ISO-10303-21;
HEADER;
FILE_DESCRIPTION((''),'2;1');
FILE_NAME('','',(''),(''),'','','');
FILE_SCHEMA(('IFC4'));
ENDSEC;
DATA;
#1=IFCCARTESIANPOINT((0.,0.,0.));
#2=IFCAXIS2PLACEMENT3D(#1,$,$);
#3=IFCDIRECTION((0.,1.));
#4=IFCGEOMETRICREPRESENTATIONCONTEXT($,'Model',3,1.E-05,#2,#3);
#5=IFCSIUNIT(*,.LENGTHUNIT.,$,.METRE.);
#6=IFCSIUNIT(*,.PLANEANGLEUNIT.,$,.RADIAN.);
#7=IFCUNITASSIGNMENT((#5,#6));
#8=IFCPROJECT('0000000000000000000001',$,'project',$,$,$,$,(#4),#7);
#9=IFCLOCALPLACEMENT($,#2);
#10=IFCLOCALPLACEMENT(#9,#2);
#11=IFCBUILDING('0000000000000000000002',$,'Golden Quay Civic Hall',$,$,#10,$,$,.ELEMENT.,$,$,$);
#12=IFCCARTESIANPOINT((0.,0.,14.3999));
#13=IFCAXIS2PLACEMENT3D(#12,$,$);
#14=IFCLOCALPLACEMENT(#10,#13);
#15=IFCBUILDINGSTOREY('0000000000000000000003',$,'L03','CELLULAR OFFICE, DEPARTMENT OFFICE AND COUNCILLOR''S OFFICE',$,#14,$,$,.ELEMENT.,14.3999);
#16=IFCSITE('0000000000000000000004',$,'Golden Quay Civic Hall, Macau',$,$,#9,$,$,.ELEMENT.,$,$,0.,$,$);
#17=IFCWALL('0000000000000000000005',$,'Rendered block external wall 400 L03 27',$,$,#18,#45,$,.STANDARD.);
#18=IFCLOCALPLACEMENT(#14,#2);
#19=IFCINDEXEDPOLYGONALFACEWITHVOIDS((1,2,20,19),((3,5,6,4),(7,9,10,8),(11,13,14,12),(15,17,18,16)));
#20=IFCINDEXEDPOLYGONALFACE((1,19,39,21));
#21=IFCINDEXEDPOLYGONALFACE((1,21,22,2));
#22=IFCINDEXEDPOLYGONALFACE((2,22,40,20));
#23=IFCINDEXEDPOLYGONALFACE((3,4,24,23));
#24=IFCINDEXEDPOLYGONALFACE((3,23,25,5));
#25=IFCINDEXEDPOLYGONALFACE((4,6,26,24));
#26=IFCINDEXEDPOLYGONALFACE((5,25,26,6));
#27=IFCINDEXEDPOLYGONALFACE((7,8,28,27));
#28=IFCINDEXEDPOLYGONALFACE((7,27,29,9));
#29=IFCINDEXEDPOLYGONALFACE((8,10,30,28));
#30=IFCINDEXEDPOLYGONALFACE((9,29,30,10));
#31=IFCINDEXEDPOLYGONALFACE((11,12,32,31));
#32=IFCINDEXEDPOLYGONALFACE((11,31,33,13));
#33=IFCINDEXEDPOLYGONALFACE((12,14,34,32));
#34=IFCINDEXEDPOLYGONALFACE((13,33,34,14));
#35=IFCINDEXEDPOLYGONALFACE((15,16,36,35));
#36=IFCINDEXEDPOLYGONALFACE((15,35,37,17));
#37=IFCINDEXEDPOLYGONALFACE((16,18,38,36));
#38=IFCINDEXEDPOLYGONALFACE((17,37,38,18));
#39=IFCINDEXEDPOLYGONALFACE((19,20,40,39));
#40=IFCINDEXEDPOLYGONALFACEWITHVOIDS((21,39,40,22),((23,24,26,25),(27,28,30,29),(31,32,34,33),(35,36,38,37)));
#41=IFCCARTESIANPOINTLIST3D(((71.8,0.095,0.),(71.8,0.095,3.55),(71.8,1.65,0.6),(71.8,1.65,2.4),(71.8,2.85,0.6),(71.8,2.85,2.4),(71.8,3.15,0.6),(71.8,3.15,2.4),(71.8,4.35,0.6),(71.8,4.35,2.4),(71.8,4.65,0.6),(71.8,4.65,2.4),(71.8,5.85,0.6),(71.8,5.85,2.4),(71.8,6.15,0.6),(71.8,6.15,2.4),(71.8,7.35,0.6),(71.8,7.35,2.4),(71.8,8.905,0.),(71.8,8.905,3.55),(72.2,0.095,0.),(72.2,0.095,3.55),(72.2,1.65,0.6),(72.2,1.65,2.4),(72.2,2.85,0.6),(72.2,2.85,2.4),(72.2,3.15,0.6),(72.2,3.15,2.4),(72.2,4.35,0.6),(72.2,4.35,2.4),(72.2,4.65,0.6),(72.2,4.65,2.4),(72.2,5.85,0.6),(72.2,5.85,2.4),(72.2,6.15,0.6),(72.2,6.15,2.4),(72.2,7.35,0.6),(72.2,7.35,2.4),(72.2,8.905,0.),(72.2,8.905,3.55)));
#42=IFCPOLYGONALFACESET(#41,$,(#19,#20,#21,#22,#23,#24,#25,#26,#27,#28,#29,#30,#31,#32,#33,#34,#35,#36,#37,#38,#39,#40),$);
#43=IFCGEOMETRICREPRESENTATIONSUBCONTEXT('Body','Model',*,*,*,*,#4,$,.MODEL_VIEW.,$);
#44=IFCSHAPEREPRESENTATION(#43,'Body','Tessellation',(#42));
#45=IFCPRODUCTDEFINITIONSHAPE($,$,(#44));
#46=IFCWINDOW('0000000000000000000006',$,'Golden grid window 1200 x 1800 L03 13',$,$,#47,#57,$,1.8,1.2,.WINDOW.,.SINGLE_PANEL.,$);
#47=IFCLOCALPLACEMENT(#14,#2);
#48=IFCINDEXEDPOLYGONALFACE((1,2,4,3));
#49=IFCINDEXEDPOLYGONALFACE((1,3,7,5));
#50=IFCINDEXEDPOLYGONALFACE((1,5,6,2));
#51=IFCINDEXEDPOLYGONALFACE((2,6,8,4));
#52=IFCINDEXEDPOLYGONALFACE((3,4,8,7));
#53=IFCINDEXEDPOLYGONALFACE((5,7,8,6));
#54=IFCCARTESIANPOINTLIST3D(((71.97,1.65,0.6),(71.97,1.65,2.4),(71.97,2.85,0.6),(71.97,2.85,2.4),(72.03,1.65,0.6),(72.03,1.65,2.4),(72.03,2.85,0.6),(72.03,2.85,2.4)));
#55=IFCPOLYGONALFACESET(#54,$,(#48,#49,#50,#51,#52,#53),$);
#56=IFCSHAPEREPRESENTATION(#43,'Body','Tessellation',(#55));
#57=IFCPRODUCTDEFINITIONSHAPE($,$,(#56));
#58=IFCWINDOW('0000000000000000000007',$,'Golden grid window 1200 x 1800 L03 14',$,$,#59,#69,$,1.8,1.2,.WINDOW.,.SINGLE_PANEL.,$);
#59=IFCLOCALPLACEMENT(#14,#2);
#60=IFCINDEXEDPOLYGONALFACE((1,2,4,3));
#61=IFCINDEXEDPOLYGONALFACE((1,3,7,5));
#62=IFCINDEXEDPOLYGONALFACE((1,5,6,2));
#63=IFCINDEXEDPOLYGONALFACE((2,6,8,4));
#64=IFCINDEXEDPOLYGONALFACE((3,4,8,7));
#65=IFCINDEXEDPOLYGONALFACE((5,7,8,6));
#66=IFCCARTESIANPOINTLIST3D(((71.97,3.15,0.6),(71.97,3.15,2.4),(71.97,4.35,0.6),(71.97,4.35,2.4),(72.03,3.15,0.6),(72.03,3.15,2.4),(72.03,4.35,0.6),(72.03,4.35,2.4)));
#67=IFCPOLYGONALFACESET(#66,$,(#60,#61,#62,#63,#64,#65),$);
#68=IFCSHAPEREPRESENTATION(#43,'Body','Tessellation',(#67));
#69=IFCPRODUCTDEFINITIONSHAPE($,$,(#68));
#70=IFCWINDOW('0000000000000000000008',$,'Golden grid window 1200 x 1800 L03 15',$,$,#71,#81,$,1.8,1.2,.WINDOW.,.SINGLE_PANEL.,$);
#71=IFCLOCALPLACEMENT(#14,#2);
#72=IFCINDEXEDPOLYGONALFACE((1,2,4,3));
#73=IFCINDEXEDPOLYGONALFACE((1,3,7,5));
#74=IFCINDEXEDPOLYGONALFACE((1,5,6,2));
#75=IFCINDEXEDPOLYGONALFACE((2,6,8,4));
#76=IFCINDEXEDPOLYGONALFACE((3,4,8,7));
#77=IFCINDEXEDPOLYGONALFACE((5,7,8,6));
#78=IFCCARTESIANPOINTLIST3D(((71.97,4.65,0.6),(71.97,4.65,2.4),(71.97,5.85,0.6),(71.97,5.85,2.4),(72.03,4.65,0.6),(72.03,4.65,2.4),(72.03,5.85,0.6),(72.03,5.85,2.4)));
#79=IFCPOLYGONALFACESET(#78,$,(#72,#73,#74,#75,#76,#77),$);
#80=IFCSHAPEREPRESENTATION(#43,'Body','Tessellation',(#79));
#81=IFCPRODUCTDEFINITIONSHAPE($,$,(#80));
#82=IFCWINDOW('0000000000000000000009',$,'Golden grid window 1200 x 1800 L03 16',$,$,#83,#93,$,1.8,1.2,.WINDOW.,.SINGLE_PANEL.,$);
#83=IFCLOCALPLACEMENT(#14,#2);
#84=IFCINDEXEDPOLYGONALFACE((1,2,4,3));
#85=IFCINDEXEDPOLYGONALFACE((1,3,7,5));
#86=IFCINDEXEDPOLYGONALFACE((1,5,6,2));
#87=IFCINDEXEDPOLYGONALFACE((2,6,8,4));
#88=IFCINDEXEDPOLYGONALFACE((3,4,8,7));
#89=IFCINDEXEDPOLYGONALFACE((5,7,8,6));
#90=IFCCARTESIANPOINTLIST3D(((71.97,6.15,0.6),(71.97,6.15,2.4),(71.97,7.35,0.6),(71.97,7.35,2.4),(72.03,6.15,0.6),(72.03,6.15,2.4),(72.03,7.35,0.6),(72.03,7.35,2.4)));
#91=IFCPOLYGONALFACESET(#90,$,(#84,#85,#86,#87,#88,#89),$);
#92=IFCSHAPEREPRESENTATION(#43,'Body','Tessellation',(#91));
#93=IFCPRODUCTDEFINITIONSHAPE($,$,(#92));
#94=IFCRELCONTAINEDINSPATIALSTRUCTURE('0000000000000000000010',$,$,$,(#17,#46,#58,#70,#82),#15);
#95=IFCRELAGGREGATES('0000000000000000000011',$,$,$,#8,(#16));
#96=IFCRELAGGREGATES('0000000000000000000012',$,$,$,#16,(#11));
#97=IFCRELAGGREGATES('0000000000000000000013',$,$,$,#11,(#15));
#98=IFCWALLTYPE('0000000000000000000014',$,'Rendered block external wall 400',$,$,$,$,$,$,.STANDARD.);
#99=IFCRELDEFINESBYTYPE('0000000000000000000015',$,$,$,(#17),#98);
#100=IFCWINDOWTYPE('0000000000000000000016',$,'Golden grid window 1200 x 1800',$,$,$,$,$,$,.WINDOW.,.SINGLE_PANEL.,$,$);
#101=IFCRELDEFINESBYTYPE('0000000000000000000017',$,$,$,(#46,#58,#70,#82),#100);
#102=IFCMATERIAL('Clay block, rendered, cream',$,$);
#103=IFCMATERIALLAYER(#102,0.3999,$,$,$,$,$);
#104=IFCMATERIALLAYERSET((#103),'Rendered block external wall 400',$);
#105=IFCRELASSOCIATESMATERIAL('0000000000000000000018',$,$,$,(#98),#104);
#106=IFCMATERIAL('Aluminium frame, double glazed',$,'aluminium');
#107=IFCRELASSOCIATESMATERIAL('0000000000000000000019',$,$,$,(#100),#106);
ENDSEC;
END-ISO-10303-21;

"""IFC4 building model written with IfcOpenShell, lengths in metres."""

from ifc_helpers import new_model, si_unit, direction, frame, frame_2d, origin, place, context, subcontext, project, spatial, rectangle, extrude, material, layer, layer_set, type_object, element, fill, save


model = new_model("IFC4")

# Units and contexts
model_context = context("Model", 3, precision=1e-05, world=origin(), true_north=direction((0.0, 1.0)))
body_context = subcontext(model_context, "Body", "Model", "MODEL_VIEW")
ifc_project = project(units=[si_unit("LENGTHUNIT", "METRE"), si_unit("PLANEANGLEUNIT", "RADIAN")], contexts=[model_context])

# Site, building, storey
site_placement = place(None, origin())
site = spatial("IfcSite", under=ifc_project, at=site_placement, Name="Golden Quay Civic Hall, Macau", CompositionType="ELEMENT", RefElevation=0.0)
building_placement = place(site_placement, origin())
building = spatial("IfcBuilding", under=site, at=building_placement, Name="Golden Quay Civic Hall", CompositionType="ELEMENT")
storey_placement = place(building_placement, frame((0.0, 0.0, 14.3999)))
storey = spatial("IfcBuildingStorey", under=building, at=storey_placement, Name="L03", Description="CELLULAR OFFICE, DEPARTMENT OFFICE AND COUNCILLOR'S OFFICE", CompositionType="ELEMENT", Elevation=14.3999)

# Wall, openings, windows
ifc_material_1 = material(Name="Clay block, rendered, cream")
ifc_layer_1 = layer(ifc_material_1, 0.3999)
ifc_layer_set_1 = layer_set([ifc_layer_1], Name="Rendered block external wall 400")
wall_type = type_object("IfcWallType", Name="Rendered block external wall 400", PredefinedType="STANDARD", material=ifc_layer_set_1)
wall_placement = place(storey_placement, frame((72.0, 8.905, 0.0), z_axis=(0.0, 0.0, 1.0), x_axis=(0.0, -1.0, 0.0)))
wall = element("IfcWall", 1, at=wall_placement, inside=storey, type_object=wall_type, Name="Rendered block external wall 400 L03 27", PredefinedType="STANDARD", context=body_context, shape_type="SweptSolid", body=[
    extrude(rectangle(XDim=8.8101, YDim=0.3999, at=frame_2d((4.405, 0.0))), origin(), (0.0, 0.0, 1.0), 3.55),
])
opening_1_placement = place(wall_placement, frame((6.0549, 0.0, 0.6001)))
opening_1 = element("IfcOpeningElement", 2, at=opening_1_placement, cuts=wall, PredefinedType="OPENING", context=body_context, shape_type="SweptSolid", body=[
    extrude(rectangle(XDim=1.2, YDim=1.8, at=frame_2d((0.6001, 0.8999))), frame((0.0, 0.21, 0.0), z_axis=(0.0, -1.0, 0.0), x_axis=(1.0, 0.0, 0.0)), (0.0, 0.0, 1.0), 0.4199),
])
opening_2_placement = place(wall_placement, frame((4.5549, 0.0, 0.6001)))
opening_2 = element("IfcOpeningElement", 3, at=opening_2_placement, cuts=wall, PredefinedType="OPENING", context=body_context, shape_type="SweptSolid", body=[
    extrude(rectangle(XDim=1.2, YDim=1.8, at=frame_2d((0.6001, 0.8999))), frame((0.0, 0.21, 0.0), z_axis=(0.0, -1.0, 0.0), x_axis=(1.0, 0.0, 0.0)), (0.0, 0.0, 1.0), 0.4199),
])
opening_3_placement = place(wall_placement, frame((3.0549, 0.0, 0.6001)))
opening_3 = element("IfcOpeningElement", 4, at=opening_3_placement, cuts=wall, PredefinedType="OPENING", context=body_context, shape_type="SweptSolid", body=[
    extrude(rectangle(XDim=1.2, YDim=1.8, at=frame_2d((0.6001, 0.8999))), frame((0.0, 0.21, 0.0), z_axis=(0.0, -1.0, 0.0), x_axis=(1.0, 0.0, 0.0)), (0.0, 0.0, 1.0), 0.4199),
])
opening_4_placement = place(wall_placement, frame((1.5549, 0.0, 0.6001)))
opening_4 = element("IfcOpeningElement", 5, at=opening_4_placement, cuts=wall, PredefinedType="OPENING", context=body_context, shape_type="SweptSolid", body=[
    extrude(rectangle(XDim=1.2, YDim=1.8, at=frame_2d((0.6001, 0.8999))), frame((0.0, 0.21, 0.0), z_axis=(0.0, -1.0, 0.0), x_axis=(1.0, 0.0, 0.0)), (0.0, 0.0, 1.0), 0.4199),
])
ifc_material_2 = material(Name="Aluminium frame, double glazed", Category="aluminium")
window_type = type_object("IfcWindowType", Name="Golden grid window 1200 x 1800", PartitioningType="SINGLE_PANEL", PredefinedType="WINDOW", material=ifc_material_2)
window_1_placement = place(opening_1_placement, origin())
window_1 = element("IfcWindow", 6, at=window_1_placement, inside=storey, type_object=window_type, Name="Golden grid window 1200 x 1800 L03 13", OverallHeight=1.8, OverallWidth=1.2, PartitioningType="SINGLE_PANEL", PredefinedType="WINDOW", context=body_context, shape_type="SweptSolid", body=[
    extrude(rectangle(XDim=1.2, YDim=1.8, at=frame_2d((0.6001, 0.8999))), frame((0.0, 0.03, 0.0), z_axis=(0.0, -1.0, 0.0), x_axis=(1.0, 0.0, 0.0)), (0.0, 0.0, 1.0), 0.0601),
])
fill(opening_1, window_1)
window_2_placement = place(opening_2_placement, origin())
window_2 = element("IfcWindow", 7, at=window_2_placement, inside=storey, type_object=window_type, Name="Golden grid window 1200 x 1800 L03 14", OverallHeight=1.8, OverallWidth=1.2, PartitioningType="SINGLE_PANEL", PredefinedType="WINDOW", context=body_context, shape_type="SweptSolid", body=[
    extrude(rectangle(XDim=1.2, YDim=1.8, at=frame_2d((0.6001, 0.8999))), frame((0.0, 0.03, 0.0), z_axis=(0.0, -1.0, 0.0), x_axis=(1.0, 0.0, 0.0)), (0.0, 0.0, 1.0), 0.0601),
])
fill(opening_2, window_2)
window_3_placement = place(opening_3_placement, origin())
window_3 = element("IfcWindow", 8, at=window_3_placement, inside=storey, type_object=window_type, Name="Golden grid window 1200 x 1800 L03 15", OverallHeight=1.8, OverallWidth=1.2, PartitioningType="SINGLE_PANEL", PredefinedType="WINDOW", context=body_context, shape_type="SweptSolid", body=[
    extrude(rectangle(XDim=1.2, YDim=1.8, at=frame_2d((0.6001, 0.8999))), frame((0.0, 0.03, 0.0), z_axis=(0.0, -1.0, 0.0), x_axis=(1.0, 0.0, 0.0)), (0.0, 0.0, 1.0), 0.0601),
])
fill(opening_3, window_3)
window_4_placement = place(opening_4_placement, origin())
window_4 = element("IfcWindow", 9, at=window_4_placement, inside=storey, type_object=window_type, Name="Golden grid window 1200 x 1800 L03 16", OverallHeight=1.8, OverallWidth=1.2, PartitioningType="SINGLE_PANEL", PredefinedType="WINDOW", context=body_context, shape_type="SweptSolid", body=[
    extrude(rectangle(XDim=1.2, YDim=1.8, at=frame_2d((0.6001, 0.8999))), frame((0.0, 0.03, 0.0), z_axis=(0.0, -1.0, 0.0), x_axis=(1.0, 0.0, 0.0)), (0.0, 0.0, 1.0), 0.0601),
])
fill(opening_4, window_4)

save(model, "model.ifc")
